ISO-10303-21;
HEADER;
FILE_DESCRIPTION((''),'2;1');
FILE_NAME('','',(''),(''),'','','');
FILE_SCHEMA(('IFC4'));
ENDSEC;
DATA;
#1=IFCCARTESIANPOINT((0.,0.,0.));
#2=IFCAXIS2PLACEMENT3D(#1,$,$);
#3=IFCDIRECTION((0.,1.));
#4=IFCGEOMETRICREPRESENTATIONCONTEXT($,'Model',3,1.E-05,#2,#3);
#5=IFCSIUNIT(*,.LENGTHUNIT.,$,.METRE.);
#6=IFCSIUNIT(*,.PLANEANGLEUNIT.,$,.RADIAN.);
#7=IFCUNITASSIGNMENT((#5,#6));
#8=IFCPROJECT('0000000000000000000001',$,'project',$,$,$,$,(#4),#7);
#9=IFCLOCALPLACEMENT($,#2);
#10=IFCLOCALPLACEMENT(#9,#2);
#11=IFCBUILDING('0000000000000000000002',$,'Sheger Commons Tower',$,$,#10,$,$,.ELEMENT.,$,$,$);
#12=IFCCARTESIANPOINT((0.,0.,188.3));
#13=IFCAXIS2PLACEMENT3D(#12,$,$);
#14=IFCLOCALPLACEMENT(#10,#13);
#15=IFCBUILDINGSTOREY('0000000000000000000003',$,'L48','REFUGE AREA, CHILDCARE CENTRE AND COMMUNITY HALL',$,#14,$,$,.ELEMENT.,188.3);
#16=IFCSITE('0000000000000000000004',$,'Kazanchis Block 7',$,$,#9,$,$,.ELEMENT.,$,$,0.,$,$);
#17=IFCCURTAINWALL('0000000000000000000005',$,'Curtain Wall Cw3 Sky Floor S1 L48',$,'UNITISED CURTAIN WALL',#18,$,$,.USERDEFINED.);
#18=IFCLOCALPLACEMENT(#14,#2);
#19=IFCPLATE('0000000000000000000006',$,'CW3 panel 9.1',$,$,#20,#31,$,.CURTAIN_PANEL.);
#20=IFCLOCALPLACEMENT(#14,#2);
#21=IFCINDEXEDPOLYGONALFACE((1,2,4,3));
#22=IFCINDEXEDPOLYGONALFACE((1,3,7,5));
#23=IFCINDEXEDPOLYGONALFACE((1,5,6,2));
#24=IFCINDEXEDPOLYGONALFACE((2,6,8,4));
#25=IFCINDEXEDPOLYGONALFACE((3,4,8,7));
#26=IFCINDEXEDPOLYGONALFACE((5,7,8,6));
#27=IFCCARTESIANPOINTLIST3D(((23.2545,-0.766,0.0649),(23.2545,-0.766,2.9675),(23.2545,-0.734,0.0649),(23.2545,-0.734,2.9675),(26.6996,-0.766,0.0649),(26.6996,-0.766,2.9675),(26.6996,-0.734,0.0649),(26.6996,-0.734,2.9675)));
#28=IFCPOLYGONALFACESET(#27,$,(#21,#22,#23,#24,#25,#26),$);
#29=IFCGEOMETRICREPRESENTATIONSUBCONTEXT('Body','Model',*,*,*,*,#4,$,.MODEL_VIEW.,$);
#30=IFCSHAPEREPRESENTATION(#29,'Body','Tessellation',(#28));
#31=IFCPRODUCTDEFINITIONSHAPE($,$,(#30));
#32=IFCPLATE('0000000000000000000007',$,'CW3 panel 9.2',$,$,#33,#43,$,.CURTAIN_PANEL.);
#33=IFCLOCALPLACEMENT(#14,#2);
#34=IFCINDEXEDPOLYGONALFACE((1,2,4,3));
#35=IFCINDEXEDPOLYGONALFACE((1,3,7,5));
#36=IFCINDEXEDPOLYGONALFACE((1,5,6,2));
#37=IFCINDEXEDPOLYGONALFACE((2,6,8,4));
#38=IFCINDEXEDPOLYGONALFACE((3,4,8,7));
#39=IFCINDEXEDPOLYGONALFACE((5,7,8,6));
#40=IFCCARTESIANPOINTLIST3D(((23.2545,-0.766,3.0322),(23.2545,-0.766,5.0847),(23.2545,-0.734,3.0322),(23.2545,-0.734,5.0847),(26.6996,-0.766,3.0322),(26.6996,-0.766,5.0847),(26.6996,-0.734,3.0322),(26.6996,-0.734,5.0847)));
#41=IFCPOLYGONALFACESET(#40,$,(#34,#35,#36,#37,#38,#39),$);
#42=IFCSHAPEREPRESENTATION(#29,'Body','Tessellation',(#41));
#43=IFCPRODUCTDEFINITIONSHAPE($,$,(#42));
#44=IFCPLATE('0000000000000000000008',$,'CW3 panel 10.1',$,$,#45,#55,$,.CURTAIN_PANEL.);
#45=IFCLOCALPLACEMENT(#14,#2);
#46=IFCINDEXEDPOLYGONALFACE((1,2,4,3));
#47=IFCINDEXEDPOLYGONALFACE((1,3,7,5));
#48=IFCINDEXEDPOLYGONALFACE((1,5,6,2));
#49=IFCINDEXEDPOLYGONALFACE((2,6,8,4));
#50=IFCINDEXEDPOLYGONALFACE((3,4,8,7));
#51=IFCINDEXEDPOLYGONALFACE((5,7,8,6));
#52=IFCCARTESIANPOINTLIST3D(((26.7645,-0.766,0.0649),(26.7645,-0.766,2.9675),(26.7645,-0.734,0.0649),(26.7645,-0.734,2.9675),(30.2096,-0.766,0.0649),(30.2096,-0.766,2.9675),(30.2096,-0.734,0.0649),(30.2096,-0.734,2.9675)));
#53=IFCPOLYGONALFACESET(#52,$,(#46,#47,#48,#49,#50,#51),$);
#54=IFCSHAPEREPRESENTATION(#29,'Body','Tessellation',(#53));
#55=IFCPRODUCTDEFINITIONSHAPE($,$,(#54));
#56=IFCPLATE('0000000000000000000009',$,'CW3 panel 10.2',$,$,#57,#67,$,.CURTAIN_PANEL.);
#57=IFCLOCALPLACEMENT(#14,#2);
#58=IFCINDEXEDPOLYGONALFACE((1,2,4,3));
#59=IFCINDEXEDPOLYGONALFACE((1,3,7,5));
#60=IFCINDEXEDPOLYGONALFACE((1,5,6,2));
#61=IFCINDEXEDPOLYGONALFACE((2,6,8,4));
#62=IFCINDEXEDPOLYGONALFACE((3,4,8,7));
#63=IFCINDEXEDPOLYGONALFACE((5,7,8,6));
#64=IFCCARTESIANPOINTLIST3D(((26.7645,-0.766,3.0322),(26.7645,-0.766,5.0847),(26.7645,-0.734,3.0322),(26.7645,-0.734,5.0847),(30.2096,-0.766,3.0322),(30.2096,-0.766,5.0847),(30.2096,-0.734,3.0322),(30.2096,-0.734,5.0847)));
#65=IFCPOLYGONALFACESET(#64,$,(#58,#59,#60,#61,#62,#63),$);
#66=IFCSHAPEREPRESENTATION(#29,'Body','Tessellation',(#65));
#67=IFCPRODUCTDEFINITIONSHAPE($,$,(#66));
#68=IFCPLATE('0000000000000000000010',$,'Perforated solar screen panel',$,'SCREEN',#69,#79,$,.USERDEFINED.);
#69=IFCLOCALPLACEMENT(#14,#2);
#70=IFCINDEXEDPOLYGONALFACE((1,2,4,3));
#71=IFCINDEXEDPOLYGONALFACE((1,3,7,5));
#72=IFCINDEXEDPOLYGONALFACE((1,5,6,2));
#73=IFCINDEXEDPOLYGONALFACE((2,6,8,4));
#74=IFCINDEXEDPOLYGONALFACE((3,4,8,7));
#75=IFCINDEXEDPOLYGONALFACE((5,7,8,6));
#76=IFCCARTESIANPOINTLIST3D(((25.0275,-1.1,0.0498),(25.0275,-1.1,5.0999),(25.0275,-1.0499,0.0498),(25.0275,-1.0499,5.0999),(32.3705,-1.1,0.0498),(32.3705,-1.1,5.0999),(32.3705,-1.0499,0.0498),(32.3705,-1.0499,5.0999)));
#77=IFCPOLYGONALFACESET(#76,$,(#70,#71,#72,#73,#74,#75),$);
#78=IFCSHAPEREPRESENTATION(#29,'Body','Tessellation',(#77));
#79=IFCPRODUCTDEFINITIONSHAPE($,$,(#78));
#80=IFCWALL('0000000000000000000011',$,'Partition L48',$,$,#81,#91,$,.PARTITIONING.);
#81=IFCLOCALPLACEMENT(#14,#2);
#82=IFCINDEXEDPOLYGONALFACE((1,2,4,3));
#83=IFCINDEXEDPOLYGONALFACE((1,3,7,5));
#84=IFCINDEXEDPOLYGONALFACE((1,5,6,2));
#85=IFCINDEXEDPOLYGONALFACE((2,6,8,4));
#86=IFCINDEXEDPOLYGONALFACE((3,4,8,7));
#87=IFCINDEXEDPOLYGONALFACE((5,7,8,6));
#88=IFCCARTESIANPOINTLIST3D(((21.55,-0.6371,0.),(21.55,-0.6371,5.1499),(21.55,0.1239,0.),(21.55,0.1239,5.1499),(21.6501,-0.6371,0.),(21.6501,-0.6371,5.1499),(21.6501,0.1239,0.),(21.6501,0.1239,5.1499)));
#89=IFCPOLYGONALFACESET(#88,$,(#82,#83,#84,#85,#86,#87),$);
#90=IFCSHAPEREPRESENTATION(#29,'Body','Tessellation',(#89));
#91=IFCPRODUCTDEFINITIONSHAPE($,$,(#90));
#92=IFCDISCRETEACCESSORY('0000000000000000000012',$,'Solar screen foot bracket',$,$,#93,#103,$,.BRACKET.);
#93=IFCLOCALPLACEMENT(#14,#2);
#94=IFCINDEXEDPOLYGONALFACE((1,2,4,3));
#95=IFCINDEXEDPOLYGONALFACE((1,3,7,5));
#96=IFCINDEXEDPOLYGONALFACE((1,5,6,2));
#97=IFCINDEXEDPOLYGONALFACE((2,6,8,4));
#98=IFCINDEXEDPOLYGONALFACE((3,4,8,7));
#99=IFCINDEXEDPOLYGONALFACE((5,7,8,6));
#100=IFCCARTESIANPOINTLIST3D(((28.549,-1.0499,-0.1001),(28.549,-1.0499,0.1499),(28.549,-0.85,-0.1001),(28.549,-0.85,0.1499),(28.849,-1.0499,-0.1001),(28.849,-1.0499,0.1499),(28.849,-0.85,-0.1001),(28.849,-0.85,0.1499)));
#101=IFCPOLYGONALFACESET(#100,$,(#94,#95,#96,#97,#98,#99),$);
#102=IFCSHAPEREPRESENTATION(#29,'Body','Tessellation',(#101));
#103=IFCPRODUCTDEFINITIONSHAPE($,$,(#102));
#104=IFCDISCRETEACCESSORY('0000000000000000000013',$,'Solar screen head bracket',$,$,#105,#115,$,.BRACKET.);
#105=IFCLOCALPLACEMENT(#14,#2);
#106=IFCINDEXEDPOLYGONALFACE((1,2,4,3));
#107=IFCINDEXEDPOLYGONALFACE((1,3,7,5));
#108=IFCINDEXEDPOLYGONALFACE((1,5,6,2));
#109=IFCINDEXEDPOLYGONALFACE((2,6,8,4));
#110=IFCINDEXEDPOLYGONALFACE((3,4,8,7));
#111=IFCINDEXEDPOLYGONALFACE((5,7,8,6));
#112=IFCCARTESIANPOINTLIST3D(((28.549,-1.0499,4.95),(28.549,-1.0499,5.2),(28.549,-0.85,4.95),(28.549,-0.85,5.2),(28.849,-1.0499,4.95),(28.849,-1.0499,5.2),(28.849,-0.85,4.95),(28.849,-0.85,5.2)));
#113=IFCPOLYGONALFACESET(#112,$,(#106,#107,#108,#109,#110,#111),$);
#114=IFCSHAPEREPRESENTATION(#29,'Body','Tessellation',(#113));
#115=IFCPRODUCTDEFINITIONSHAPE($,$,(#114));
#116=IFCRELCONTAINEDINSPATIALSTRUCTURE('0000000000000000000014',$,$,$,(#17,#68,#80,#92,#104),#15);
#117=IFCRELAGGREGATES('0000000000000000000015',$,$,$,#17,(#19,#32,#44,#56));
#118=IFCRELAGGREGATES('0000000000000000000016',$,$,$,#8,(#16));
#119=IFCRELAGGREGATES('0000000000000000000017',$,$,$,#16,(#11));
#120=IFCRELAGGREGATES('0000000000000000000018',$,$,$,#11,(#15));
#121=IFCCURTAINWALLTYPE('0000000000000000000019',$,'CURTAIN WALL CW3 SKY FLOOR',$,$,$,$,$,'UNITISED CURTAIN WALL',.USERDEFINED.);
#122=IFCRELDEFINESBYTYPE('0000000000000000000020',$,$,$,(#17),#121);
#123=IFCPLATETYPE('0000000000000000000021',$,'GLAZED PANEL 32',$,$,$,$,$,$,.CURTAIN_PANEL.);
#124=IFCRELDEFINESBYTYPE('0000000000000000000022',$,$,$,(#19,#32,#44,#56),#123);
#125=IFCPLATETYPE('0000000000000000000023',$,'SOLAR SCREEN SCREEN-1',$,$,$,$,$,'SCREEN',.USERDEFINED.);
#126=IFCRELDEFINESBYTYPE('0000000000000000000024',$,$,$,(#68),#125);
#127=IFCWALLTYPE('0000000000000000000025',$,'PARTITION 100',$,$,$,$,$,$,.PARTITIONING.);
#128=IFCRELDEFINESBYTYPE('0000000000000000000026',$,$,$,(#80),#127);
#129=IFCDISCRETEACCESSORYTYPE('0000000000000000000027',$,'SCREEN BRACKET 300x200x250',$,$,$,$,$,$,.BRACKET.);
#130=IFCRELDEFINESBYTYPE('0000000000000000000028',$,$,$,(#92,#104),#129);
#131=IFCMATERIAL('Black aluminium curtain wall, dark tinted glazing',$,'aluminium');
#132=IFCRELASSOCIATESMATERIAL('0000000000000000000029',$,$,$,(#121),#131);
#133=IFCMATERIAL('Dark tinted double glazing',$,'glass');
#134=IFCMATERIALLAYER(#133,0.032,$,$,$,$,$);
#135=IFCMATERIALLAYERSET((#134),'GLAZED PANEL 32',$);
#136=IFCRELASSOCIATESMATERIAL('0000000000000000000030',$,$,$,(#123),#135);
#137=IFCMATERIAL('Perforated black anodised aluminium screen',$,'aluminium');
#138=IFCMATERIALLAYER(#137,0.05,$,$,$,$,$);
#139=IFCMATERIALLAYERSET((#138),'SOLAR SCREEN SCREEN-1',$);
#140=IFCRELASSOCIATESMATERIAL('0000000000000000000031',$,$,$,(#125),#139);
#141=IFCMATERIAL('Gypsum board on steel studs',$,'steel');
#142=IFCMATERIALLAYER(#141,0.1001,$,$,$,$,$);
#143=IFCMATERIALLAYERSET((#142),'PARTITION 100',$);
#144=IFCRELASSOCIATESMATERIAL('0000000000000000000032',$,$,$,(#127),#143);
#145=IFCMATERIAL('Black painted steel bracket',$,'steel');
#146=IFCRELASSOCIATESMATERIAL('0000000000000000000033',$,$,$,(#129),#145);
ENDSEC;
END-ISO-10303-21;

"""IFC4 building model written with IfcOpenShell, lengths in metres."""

from ifc_helpers import new_model, si_unit, direction, frame, frame_2d, origin, origin_2d, place, context, subcontext, project, spatial, rectangle, extrude, material, layer, layer_set, type_object, element, aggregate, save


model = new_model("IFC4")

# Units and contexts
model_context = context("Model", 3, precision=1e-05, world=origin(), true_north=direction((0.0, 1.0)))
body_context = subcontext(model_context, "Body", "Model", "MODEL_VIEW")
ifc_project = project(units=[si_unit("LENGTHUNIT", "METRE"), si_unit("PLANEANGLEUNIT", "RADIAN")], contexts=[model_context])

# Site, building, storey
site_placement = place(None, origin())
site = spatial("IfcSite", under=ifc_project, at=site_placement, Name="Kazanchis Block 7", CompositionType="ELEMENT", RefElevation=0.0)
building_placement = place(site_placement, origin())
building = spatial("IfcBuilding", under=site, at=building_placement, Name="Sheger Commons Tower", CompositionType="ELEMENT")
storey_placement = place(building_placement, frame((0.0, 0.0, 188.3)))
storey = spatial("IfcBuildingStorey", under=building, at=storey_placement, Name="L48", Description="REFUGE AREA, CHILDCARE CENTRE AND COMMUNITY HALL", CompositionType="ELEMENT", Elevation=188.3)

# Curtain wall, plates
ifc_material_1 = material(Name="Black aluminium curtain wall, dark tinted glazing", Category="aluminium")
curtain_wall_type = type_object("IfcCurtainWallType", Name="CURTAIN WALL CW3 SKY FLOOR", ElementType="UNITISED CURTAIN WALL", PredefinedType="USERDEFINED", material=ifc_material_1)
curtain_wall_placement = place(storey_placement, origin())
curtain_wall = element("IfcCurtainWall", 1, at=curtain_wall_placement, inside=storey, type_object=curtain_wall_type, Name="Curtain Wall Cw3 Sky Floor S1 L48", ObjectType="UNITISED CURTAIN WALL", PredefinedType="USERDEFINED")
ifc_material_2 = material(Name="Dark tinted double glazing", Category="glass")
ifc_layer_1 = layer(ifc_material_2, 0.032)
ifc_layer_set_1 = layer_set([ifc_layer_1], Name="GLAZED PANEL 32")
plate_type_1 = type_object("IfcPlateType", Name="GLAZED PANEL 32", PredefinedType="CURTAIN_PANEL", material=ifc_layer_set_1)
plate_1_placement = place(storey_placement, frame((24.9771, -0.75, 0.0649), z_axis=(0.0, 0.0, 1.0), x_axis=(1.0, 0.0, 0.0)))
plate_1 = element("IfcPlate", 2, at=plate_1_placement, type_object=plate_type_1, Name="CW3 panel 9.1", PredefinedType="CURTAIN_PANEL", context=body_context, shape_type="SweptSolid", body=[
    extrude(rectangle(XDim=3.4451, YDim=0.032, at=origin_2d()), origin(), (0.0, 0.0, 1.0), 2.9026),
])
plate_2_placement = place(storey_placement, frame((24.9771, -0.75, 3.0322), z_axis=(0.0, 0.0, 1.0), x_axis=(1.0, 0.0, 0.0)))
plate_2 = element("IfcPlate", 3, at=plate_2_placement, type_object=plate_type_1, Name="CW3 panel 9.2", PredefinedType="CURTAIN_PANEL", context=body_context, shape_type="SweptSolid", body=[
    extrude(rectangle(XDim=3.4451, YDim=0.032, at=origin_2d()), origin(), (0.0, 0.0, 1.0), 2.0525),
])
plate_3_placement = place(storey_placement, frame((28.4871, -0.75, 0.0649), z_axis=(0.0, 0.0, 1.0), x_axis=(1.0, 0.0, 0.0)))
plate_3 = element("IfcPlate", 4, at=plate_3_placement, type_object=plate_type_1, Name="CW3 panel 10.1", PredefinedType="CURTAIN_PANEL", context=body_context, shape_type="SweptSolid", body=[
    extrude(rectangle(XDim=3.4451, YDim=0.032, at=origin_2d()), origin(), (0.0, 0.0, 1.0), 2.9026),
])
plate_4_placement = place(storey_placement, frame((28.4871, -0.75, 3.0322), z_axis=(0.0, 0.0, 1.0), x_axis=(1.0, 0.0, 0.0)))
plate_4 = element("IfcPlate", 5, at=plate_4_placement, type_object=plate_type_1, Name="CW3 panel 10.2", PredefinedType="CURTAIN_PANEL", context=body_context, shape_type="SweptSolid", body=[
    extrude(rectangle(XDim=3.4451, YDim=0.032, at=origin_2d()), origin(), (0.0, 0.0, 1.0), 2.0525),
])
aggregate(curtain_wall, [plate_1, plate_2, plate_3, plate_4])

# Plate
ifc_material_3 = material(Name="Perforated black anodised aluminium screen", Category="aluminium")
ifc_layer_2 = layer(ifc_material_3, 0.05)
ifc_layer_set_2 = layer_set([ifc_layer_2], Name="SOLAR SCREEN SCREEN-1")
plate_type_2 = type_object("IfcPlateType", Name="SOLAR SCREEN SCREEN-1", ElementType="SCREEN", PredefinedType="USERDEFINED", material=ifc_layer_set_2)
plate_5_placement = place(storey_placement, frame((28.699, -1.075, 0.0498), z_axis=(0.0, 0.0, 1.0), x_axis=(1.0, 0.0, 0.0)))
element("IfcPlate", 6, at=plate_5_placement, inside=storey, type_object=plate_type_2, Name="Perforated solar screen panel", ObjectType="SCREEN", PredefinedType="USERDEFINED", context=body_context, shape_type="SweptSolid", body=[
    extrude(rectangle(XDim=7.343, YDim=0.05, at=origin_2d()), origin(), (0.0, 0.0, 1.0), 5.05),
])

# Wall
ifc_material_4 = material(Name="Gypsum board on steel studs", Category="steel")
ifc_layer_3 = layer(ifc_material_4, 0.1001)
ifc_layer_set_3 = layer_set([ifc_layer_3], Name="PARTITION 100")
wall_type = type_object("IfcWallType", Name="PARTITION 100", PredefinedType="PARTITIONING", material=ifc_layer_set_3)
wall_placement = place(storey_placement, frame((21.6001, -0.637, 0.0), z_axis=(0.0, 0.0, 1.0), x_axis=(0.0, 1.0, 0.0)))
element("IfcWall", 7, at=wall_placement, inside=storey, type_object=wall_type, Name="Partition L48", PredefinedType="PARTITIONING", context=body_context, shape_type="SweptSolid", body=[
    extrude(rectangle(XDim=0.761, YDim=0.1001, at=frame_2d((0.3804, 0.0))), origin(), (0.0, 0.0, 1.0), 5.1499),
])

# Discrete accessories
ifc_material_5 = material(Name="Black painted steel bracket", Category="steel")
discrete_accessory_type = type_object("IfcDiscreteAccessoryType", Name="SCREEN BRACKET 300x200x250", PredefinedType="BRACKET", material=ifc_material_5)
for number, where, z_axis, x_axis, name in (
    (8, (28.699, -0.95, -0.1001), (0.0, 0.0, 1.0), (1.0, 0.0, 0.0), "Solar screen foot bracket"),
    (9, (28.699, -0.95, 4.95), (0.0, 0.0, 1.0), (1.0, 0.0, 0.0), "Solar screen head bracket"),
):
    element("IfcDiscreteAccessory", number, at=place(storey_placement, frame(where, z_axis=z_axis, x_axis=x_axis)), inside=storey, type_object=discrete_accessory_type, Name=name, PredefinedType="BRACKET", context=body_context, shape_type="SweptSolid", body=[
        extrude(rectangle(XDim=0.3, YDim=0.2, at=origin_2d()), origin(), (0.0, 0.0, 1.0), 0.25),
    ])

save(model, "model.ifc")
